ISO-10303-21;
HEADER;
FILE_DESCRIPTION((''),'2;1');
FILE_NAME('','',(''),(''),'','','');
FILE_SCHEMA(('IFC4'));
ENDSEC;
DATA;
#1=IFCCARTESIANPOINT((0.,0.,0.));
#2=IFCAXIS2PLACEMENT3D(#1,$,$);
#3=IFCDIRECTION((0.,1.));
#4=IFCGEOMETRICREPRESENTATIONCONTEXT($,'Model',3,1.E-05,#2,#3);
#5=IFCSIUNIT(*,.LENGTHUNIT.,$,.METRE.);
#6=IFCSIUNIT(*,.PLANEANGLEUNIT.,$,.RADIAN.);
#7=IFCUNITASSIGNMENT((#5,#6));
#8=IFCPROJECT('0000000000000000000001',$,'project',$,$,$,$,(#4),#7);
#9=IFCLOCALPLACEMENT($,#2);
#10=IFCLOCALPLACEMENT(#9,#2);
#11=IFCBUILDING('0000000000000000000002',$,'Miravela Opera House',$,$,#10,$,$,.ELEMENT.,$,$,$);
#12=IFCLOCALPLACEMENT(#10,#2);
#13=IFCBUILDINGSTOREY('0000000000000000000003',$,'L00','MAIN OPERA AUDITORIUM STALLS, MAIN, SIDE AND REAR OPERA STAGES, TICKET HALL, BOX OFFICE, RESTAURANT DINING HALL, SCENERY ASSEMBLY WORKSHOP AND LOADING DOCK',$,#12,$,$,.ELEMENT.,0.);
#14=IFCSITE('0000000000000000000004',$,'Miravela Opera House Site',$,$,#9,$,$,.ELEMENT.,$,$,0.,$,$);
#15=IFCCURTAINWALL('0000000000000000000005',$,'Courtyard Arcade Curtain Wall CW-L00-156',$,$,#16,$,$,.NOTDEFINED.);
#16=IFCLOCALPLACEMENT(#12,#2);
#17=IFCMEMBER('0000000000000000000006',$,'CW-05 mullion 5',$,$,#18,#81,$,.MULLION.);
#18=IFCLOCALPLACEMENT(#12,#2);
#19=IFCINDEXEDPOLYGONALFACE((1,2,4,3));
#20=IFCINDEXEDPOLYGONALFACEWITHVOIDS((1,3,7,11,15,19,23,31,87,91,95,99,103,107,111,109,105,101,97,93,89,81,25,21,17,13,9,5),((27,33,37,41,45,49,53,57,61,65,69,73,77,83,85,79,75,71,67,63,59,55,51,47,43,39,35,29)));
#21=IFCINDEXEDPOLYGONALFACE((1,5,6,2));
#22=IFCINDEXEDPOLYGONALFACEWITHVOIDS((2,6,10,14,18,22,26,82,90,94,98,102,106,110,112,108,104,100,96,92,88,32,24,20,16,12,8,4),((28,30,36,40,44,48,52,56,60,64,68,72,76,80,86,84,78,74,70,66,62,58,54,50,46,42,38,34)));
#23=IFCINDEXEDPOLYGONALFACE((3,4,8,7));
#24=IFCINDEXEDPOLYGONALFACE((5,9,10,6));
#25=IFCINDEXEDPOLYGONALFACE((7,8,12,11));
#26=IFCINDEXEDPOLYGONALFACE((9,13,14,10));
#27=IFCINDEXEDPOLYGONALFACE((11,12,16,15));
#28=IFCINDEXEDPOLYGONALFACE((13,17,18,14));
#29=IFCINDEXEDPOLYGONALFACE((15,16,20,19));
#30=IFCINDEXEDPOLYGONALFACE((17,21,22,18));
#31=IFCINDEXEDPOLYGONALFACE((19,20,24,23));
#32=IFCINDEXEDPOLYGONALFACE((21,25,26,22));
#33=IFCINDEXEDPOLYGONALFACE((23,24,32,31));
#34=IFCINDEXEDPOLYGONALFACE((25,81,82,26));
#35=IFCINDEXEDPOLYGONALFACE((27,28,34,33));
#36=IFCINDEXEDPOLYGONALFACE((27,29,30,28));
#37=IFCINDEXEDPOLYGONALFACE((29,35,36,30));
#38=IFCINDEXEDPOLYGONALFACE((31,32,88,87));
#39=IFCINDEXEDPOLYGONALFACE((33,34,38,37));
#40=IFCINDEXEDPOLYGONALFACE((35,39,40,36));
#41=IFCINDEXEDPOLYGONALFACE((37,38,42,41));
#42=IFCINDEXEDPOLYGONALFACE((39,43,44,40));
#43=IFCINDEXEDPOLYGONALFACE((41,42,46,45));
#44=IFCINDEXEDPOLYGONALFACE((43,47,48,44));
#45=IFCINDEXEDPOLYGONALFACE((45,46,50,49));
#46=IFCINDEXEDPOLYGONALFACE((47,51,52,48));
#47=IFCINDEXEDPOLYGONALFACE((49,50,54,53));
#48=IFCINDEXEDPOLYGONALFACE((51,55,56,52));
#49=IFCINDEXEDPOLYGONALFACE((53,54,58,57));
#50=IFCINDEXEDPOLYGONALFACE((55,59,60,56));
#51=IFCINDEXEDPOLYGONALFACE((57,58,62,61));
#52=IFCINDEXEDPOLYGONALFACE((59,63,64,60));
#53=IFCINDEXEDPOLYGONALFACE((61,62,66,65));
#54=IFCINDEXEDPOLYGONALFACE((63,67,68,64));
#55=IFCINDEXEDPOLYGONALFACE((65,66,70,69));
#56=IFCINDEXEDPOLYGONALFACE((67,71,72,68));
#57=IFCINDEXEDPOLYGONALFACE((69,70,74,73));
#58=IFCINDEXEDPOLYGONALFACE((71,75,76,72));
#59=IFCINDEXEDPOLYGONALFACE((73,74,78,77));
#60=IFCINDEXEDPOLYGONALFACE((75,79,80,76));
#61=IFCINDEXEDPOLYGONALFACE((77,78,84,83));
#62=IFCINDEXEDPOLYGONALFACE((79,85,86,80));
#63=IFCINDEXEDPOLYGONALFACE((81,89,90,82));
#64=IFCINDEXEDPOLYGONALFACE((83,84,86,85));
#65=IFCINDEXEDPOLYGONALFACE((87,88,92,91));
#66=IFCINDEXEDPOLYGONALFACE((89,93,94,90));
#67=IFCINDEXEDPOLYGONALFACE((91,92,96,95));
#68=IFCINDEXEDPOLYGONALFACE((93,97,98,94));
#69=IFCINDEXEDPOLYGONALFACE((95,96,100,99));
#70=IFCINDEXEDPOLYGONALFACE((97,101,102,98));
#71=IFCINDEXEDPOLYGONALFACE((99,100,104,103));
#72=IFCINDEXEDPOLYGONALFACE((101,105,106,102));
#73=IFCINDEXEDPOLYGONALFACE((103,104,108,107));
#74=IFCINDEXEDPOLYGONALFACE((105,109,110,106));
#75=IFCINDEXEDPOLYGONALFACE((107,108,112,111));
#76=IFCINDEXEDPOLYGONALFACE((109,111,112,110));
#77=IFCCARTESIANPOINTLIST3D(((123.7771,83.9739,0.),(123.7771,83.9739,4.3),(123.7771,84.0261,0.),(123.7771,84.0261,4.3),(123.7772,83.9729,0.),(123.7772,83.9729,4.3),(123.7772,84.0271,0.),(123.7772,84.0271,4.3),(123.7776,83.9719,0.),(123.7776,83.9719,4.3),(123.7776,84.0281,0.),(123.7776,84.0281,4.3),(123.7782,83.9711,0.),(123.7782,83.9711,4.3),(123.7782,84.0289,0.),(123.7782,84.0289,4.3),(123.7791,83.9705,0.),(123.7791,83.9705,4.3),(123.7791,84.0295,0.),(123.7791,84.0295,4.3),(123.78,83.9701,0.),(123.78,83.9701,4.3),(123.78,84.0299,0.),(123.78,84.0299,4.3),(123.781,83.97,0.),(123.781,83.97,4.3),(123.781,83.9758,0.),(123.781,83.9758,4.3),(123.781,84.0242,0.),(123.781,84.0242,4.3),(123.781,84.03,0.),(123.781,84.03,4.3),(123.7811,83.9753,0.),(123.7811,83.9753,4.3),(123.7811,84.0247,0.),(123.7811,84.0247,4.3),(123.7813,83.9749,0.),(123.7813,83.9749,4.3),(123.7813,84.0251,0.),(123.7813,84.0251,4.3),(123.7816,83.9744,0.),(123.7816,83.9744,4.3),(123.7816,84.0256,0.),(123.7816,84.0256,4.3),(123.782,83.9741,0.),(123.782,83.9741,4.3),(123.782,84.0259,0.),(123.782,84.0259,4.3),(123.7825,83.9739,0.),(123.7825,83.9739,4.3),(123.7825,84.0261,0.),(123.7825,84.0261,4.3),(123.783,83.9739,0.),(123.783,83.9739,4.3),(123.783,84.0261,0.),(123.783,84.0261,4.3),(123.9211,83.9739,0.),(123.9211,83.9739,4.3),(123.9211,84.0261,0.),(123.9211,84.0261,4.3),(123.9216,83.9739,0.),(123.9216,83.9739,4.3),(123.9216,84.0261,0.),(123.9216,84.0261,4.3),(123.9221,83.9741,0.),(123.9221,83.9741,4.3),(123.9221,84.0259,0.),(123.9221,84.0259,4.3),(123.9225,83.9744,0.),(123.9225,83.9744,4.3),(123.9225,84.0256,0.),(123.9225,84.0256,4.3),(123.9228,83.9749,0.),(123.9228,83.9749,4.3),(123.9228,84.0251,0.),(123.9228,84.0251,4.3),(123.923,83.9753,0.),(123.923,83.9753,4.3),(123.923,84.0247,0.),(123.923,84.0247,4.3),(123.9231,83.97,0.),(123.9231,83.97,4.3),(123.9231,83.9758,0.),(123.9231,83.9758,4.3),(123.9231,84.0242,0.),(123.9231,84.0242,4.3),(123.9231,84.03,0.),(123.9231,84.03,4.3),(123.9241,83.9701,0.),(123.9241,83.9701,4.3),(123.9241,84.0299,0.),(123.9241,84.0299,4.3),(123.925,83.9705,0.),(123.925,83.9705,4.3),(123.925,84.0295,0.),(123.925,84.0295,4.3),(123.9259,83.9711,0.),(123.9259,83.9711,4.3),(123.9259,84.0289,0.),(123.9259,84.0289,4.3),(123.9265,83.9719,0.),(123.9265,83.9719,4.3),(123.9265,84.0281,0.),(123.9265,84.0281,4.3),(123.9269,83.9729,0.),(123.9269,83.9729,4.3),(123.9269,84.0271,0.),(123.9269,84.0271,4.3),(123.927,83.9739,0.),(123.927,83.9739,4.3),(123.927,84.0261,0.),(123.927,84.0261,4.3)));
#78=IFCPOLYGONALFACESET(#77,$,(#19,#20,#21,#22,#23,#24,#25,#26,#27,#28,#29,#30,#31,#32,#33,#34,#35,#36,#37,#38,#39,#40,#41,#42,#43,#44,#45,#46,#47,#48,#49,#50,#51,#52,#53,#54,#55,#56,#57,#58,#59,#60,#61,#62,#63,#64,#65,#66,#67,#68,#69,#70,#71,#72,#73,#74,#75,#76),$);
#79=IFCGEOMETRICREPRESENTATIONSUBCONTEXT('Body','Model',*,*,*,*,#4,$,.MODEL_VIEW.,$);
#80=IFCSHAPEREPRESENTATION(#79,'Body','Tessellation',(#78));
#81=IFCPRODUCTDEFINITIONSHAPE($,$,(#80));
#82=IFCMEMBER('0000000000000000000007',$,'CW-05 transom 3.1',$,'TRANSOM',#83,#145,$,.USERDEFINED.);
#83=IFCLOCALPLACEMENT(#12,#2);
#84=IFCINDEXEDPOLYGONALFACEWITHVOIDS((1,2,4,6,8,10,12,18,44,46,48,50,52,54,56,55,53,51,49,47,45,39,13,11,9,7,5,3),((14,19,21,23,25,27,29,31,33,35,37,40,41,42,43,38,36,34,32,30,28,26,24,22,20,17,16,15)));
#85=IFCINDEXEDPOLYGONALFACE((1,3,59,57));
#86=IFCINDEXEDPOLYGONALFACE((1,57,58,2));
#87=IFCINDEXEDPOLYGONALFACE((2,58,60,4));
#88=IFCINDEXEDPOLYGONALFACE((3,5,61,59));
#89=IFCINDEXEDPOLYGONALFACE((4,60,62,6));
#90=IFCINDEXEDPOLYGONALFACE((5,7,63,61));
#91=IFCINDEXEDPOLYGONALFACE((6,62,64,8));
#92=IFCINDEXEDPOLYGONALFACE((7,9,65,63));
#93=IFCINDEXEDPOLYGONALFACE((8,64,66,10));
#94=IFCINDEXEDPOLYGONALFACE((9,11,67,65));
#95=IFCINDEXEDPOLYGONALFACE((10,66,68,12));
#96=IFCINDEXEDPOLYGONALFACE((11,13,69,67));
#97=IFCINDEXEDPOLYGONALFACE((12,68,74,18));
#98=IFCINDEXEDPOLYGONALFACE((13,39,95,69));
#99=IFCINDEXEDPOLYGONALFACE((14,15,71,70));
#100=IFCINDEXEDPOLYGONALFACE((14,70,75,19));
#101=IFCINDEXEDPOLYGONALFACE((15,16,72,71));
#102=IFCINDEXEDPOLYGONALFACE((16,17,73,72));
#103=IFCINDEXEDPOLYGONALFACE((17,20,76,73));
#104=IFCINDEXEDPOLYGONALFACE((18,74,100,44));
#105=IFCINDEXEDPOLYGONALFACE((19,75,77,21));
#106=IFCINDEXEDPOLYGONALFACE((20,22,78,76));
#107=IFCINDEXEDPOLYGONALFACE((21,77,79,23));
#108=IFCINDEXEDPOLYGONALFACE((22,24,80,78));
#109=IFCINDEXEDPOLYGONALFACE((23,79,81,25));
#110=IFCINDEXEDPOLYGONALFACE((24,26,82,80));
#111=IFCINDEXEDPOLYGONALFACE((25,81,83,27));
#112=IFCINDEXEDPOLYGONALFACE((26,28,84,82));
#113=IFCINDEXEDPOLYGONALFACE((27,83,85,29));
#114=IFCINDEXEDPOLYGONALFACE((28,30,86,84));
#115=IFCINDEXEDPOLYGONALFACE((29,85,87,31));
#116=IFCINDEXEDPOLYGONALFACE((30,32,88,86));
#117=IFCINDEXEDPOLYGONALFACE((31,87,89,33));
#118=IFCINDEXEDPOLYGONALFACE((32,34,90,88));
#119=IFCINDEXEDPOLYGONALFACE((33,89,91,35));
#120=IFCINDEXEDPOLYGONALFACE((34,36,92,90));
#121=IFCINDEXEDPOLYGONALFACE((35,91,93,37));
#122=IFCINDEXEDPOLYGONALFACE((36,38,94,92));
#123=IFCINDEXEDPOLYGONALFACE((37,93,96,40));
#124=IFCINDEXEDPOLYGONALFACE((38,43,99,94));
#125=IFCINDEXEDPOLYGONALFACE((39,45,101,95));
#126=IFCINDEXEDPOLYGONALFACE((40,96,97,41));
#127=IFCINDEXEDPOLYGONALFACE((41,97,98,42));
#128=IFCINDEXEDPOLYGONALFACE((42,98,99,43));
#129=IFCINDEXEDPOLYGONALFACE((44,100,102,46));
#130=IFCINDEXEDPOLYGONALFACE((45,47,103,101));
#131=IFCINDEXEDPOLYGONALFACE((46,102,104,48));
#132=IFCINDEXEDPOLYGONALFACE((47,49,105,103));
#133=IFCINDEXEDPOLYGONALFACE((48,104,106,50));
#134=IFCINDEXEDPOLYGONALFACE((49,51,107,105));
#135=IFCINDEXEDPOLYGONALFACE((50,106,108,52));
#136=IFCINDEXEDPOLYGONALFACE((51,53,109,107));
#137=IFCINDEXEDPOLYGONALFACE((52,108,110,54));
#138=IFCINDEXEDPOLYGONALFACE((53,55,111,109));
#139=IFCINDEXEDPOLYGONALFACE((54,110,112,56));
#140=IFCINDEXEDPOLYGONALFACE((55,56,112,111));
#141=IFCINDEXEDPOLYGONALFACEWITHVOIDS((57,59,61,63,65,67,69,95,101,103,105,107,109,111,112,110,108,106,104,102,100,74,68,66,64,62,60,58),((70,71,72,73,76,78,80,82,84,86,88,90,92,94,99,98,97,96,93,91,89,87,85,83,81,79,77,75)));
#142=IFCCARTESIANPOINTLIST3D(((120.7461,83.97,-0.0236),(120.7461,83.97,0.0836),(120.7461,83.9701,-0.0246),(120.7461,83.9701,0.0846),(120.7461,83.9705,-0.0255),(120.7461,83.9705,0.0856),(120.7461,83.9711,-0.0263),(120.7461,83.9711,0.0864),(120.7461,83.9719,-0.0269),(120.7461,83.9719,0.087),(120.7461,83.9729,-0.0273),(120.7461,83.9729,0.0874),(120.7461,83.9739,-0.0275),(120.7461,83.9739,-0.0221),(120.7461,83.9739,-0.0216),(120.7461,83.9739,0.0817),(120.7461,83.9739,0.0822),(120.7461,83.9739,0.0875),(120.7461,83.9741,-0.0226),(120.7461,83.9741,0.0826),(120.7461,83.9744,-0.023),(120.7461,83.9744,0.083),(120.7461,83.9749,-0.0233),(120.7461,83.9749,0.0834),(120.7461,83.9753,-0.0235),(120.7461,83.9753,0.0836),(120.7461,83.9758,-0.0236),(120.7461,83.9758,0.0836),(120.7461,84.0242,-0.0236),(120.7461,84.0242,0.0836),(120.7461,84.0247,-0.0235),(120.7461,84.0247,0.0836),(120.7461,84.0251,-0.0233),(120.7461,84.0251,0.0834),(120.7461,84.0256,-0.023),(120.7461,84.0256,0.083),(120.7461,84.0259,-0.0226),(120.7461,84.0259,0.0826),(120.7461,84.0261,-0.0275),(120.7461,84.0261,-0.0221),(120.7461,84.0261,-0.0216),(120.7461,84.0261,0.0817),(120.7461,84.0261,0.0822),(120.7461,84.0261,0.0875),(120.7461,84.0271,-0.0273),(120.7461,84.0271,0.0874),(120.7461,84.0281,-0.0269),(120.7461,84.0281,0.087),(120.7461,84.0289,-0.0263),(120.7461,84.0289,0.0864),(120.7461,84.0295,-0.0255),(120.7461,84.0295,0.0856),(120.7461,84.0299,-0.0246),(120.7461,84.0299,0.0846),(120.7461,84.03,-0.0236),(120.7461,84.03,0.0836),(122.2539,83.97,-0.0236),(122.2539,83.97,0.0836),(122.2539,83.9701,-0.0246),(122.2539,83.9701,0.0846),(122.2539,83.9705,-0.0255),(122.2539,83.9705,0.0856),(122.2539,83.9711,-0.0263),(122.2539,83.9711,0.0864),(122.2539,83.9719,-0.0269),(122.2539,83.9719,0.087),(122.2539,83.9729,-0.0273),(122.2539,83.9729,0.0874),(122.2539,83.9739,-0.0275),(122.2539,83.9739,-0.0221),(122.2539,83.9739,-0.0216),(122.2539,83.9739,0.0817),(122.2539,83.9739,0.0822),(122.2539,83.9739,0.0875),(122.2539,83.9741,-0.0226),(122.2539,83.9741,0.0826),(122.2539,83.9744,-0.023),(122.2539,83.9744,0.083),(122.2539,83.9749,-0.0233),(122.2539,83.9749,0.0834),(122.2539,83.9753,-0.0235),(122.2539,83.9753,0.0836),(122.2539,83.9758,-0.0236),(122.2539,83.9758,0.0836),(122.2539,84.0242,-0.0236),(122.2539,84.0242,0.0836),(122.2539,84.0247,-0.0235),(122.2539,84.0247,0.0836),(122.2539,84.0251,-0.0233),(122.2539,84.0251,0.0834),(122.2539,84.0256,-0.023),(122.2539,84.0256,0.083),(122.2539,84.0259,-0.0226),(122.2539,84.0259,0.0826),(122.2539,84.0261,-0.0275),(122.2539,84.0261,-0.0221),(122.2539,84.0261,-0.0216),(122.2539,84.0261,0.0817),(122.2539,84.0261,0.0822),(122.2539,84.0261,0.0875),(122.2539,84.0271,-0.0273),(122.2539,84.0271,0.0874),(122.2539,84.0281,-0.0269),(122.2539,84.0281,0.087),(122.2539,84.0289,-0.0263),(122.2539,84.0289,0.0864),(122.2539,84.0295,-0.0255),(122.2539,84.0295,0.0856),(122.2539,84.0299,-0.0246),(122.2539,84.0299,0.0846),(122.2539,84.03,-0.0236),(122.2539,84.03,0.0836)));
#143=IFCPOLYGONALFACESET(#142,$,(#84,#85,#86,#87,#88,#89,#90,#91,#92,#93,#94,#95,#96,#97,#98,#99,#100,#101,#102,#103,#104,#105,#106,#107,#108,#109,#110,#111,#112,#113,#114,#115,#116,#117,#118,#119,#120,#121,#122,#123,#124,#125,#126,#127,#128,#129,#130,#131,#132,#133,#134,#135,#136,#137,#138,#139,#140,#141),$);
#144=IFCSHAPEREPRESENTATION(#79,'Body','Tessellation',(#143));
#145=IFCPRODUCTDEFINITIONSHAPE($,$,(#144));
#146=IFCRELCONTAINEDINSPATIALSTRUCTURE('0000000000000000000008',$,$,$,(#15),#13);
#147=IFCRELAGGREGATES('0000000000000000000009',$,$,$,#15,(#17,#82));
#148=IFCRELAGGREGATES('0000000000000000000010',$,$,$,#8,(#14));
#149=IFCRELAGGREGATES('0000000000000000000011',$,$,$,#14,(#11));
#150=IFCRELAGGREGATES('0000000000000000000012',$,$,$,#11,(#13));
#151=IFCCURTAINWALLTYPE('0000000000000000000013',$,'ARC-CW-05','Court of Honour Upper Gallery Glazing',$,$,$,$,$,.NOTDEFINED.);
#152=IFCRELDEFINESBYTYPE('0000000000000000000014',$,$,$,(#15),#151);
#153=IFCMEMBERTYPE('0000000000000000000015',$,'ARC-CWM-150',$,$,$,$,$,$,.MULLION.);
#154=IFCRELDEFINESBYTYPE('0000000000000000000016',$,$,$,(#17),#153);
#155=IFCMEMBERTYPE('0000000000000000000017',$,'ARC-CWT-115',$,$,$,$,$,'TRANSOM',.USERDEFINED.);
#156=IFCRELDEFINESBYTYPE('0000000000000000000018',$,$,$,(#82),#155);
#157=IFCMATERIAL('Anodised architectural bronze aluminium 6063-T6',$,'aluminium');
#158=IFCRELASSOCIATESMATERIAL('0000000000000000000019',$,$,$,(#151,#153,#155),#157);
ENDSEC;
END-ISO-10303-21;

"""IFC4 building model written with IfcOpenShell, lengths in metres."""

from ifc_helpers import new_model, si_unit, direction, frame, origin, origin_2d, place, context, subcontext, project, spatial, hollow_rectangle, extrude, material, material_profile, profile_set, type_object, element, aggregate, save


model = new_model("IFC4")

# Units and contexts
model_context = context("Model", 3, precision=1e-05, world=origin(), true_north=direction((0.0, 1.0)))
body_context = subcontext(model_context, "Body", "Model", "MODEL_VIEW")
ifc_project = project(units=[si_unit("LENGTHUNIT", "METRE"), si_unit("PLANEANGLEUNIT", "RADIAN")], contexts=[model_context])

# Site, building, storey
site_placement = place(None, origin())
site = spatial("IfcSite", under=ifc_project, at=site_placement, Name="Miravela Opera House Site", CompositionType="ELEMENT", RefElevation=0.0)
building_placement = place(site_placement, origin())
building = spatial("IfcBuilding", under=site, at=building_placement, Name="Miravela Opera House", CompositionType="ELEMENT")
storey_placement = place(building_placement, origin())
storey = spatial("IfcBuildingStorey", under=building, at=storey_placement, Name="L00", Description="MAIN OPERA AUDITORIUM STALLS, MAIN, SIDE AND REAR OPERA STAGES, TICKET HALL, BOX OFFICE, RESTAURANT DINING HALL, SCENERY ASSEMBLY WORKSHOP AND LOADING DOCK", CompositionType="ELEMENT", Elevation=0.0)

# Curtain wall, members
ifc_material_1 = material(Name="Anodised architectural bronze aluminium 6063-T6", Category="aluminium")
curtain_wall_type = type_object("IfcCurtainWallType", Name="ARC-CW-05", Description="Court of Honour Upper Gallery Glazing", PredefinedType="NOTDEFINED", material=ifc_material_1)
curtain_wall_placement = place(storey_placement, origin())
curtain_wall = element("IfcCurtainWall", 1, at=curtain_wall_placement, inside=storey, type_object=curtain_wall_type, Name="Courtyard Arcade Curtain Wall CW-L00-156", PredefinedType="NOTDEFINED")
ifc_material_profile_1 = material_profile(ifc_material_1, hollow_rectangle(XDim=0.0601, YDim=0.1499, WallThickness=0.0039, InnerFilletRadius=0.002, OuterFilletRadius=0.0039, at=origin_2d()), Name="CWM-60X150")
ifc_profile_set_1 = profile_set([ifc_material_profile_1])
member_type_1 = type_object("IfcMemberType", Name="ARC-CWM-150", PredefinedType="MULLION", material=ifc_profile_set_1)
member_1_placement = place(storey_placement, frame((123.8521, 84.0, 0.0), z_axis=(0.0, 0.0, 1.0), x_axis=(0.0, 1.0, 0.0)))
member_1 = element("IfcMember", 2, at=member_1_placement, type_object=member_type_1, Name="CW-05 mullion 5", PredefinedType="MULLION", context=body_context, shape_type="SweptSolid", body=[
    extrude(hollow_rectangle(XDim=0.0601, YDim=0.1499, WallThickness=0.0039, InnerFilletRadius=0.002, OuterFilletRadius=0.0039, at=origin_2d()), origin(), (0.0, 0.0, 1.0), 4.3),
])
ifc_material_profile_2 = material_profile(ifc_material_1, hollow_rectangle(XDim=0.0601, YDim=0.115, WallThickness=0.0039, InnerFilletRadius=0.002, OuterFilletRadius=0.0039, at=origin_2d()), Name="CWT-60X115")
ifc_profile_set_2 = profile_set([ifc_material_profile_2])
member_type_2 = type_object("IfcMemberType", Name="ARC-CWT-115", ElementType="TRANSOM", PredefinedType="USERDEFINED", material=ifc_profile_set_2)
member_2_placement = place(storey_placement, frame((120.7461, 84.0, 0.03), z_axis=(1.0, 0.0, 0.0), x_axis=(0.0, 1.0, 0.0)))
member_2 = element("IfcMember", 3, at=member_2_placement, type_object=member_type_2, Name="CW-05 transom 3.1", ObjectType="TRANSOM", PredefinedType="USERDEFINED", context=body_context, shape_type="SweptSolid", body=[
    extrude(hollow_rectangle(XDim=0.0601, YDim=0.115, WallThickness=0.0039, InnerFilletRadius=0.002, OuterFilletRadius=0.0039, at=origin_2d()), origin(), (0.0, 0.0, 1.0), 1.5078),
])
aggregate(curtain_wall, [member_1, member_2])

save(model, "model.ifc")
